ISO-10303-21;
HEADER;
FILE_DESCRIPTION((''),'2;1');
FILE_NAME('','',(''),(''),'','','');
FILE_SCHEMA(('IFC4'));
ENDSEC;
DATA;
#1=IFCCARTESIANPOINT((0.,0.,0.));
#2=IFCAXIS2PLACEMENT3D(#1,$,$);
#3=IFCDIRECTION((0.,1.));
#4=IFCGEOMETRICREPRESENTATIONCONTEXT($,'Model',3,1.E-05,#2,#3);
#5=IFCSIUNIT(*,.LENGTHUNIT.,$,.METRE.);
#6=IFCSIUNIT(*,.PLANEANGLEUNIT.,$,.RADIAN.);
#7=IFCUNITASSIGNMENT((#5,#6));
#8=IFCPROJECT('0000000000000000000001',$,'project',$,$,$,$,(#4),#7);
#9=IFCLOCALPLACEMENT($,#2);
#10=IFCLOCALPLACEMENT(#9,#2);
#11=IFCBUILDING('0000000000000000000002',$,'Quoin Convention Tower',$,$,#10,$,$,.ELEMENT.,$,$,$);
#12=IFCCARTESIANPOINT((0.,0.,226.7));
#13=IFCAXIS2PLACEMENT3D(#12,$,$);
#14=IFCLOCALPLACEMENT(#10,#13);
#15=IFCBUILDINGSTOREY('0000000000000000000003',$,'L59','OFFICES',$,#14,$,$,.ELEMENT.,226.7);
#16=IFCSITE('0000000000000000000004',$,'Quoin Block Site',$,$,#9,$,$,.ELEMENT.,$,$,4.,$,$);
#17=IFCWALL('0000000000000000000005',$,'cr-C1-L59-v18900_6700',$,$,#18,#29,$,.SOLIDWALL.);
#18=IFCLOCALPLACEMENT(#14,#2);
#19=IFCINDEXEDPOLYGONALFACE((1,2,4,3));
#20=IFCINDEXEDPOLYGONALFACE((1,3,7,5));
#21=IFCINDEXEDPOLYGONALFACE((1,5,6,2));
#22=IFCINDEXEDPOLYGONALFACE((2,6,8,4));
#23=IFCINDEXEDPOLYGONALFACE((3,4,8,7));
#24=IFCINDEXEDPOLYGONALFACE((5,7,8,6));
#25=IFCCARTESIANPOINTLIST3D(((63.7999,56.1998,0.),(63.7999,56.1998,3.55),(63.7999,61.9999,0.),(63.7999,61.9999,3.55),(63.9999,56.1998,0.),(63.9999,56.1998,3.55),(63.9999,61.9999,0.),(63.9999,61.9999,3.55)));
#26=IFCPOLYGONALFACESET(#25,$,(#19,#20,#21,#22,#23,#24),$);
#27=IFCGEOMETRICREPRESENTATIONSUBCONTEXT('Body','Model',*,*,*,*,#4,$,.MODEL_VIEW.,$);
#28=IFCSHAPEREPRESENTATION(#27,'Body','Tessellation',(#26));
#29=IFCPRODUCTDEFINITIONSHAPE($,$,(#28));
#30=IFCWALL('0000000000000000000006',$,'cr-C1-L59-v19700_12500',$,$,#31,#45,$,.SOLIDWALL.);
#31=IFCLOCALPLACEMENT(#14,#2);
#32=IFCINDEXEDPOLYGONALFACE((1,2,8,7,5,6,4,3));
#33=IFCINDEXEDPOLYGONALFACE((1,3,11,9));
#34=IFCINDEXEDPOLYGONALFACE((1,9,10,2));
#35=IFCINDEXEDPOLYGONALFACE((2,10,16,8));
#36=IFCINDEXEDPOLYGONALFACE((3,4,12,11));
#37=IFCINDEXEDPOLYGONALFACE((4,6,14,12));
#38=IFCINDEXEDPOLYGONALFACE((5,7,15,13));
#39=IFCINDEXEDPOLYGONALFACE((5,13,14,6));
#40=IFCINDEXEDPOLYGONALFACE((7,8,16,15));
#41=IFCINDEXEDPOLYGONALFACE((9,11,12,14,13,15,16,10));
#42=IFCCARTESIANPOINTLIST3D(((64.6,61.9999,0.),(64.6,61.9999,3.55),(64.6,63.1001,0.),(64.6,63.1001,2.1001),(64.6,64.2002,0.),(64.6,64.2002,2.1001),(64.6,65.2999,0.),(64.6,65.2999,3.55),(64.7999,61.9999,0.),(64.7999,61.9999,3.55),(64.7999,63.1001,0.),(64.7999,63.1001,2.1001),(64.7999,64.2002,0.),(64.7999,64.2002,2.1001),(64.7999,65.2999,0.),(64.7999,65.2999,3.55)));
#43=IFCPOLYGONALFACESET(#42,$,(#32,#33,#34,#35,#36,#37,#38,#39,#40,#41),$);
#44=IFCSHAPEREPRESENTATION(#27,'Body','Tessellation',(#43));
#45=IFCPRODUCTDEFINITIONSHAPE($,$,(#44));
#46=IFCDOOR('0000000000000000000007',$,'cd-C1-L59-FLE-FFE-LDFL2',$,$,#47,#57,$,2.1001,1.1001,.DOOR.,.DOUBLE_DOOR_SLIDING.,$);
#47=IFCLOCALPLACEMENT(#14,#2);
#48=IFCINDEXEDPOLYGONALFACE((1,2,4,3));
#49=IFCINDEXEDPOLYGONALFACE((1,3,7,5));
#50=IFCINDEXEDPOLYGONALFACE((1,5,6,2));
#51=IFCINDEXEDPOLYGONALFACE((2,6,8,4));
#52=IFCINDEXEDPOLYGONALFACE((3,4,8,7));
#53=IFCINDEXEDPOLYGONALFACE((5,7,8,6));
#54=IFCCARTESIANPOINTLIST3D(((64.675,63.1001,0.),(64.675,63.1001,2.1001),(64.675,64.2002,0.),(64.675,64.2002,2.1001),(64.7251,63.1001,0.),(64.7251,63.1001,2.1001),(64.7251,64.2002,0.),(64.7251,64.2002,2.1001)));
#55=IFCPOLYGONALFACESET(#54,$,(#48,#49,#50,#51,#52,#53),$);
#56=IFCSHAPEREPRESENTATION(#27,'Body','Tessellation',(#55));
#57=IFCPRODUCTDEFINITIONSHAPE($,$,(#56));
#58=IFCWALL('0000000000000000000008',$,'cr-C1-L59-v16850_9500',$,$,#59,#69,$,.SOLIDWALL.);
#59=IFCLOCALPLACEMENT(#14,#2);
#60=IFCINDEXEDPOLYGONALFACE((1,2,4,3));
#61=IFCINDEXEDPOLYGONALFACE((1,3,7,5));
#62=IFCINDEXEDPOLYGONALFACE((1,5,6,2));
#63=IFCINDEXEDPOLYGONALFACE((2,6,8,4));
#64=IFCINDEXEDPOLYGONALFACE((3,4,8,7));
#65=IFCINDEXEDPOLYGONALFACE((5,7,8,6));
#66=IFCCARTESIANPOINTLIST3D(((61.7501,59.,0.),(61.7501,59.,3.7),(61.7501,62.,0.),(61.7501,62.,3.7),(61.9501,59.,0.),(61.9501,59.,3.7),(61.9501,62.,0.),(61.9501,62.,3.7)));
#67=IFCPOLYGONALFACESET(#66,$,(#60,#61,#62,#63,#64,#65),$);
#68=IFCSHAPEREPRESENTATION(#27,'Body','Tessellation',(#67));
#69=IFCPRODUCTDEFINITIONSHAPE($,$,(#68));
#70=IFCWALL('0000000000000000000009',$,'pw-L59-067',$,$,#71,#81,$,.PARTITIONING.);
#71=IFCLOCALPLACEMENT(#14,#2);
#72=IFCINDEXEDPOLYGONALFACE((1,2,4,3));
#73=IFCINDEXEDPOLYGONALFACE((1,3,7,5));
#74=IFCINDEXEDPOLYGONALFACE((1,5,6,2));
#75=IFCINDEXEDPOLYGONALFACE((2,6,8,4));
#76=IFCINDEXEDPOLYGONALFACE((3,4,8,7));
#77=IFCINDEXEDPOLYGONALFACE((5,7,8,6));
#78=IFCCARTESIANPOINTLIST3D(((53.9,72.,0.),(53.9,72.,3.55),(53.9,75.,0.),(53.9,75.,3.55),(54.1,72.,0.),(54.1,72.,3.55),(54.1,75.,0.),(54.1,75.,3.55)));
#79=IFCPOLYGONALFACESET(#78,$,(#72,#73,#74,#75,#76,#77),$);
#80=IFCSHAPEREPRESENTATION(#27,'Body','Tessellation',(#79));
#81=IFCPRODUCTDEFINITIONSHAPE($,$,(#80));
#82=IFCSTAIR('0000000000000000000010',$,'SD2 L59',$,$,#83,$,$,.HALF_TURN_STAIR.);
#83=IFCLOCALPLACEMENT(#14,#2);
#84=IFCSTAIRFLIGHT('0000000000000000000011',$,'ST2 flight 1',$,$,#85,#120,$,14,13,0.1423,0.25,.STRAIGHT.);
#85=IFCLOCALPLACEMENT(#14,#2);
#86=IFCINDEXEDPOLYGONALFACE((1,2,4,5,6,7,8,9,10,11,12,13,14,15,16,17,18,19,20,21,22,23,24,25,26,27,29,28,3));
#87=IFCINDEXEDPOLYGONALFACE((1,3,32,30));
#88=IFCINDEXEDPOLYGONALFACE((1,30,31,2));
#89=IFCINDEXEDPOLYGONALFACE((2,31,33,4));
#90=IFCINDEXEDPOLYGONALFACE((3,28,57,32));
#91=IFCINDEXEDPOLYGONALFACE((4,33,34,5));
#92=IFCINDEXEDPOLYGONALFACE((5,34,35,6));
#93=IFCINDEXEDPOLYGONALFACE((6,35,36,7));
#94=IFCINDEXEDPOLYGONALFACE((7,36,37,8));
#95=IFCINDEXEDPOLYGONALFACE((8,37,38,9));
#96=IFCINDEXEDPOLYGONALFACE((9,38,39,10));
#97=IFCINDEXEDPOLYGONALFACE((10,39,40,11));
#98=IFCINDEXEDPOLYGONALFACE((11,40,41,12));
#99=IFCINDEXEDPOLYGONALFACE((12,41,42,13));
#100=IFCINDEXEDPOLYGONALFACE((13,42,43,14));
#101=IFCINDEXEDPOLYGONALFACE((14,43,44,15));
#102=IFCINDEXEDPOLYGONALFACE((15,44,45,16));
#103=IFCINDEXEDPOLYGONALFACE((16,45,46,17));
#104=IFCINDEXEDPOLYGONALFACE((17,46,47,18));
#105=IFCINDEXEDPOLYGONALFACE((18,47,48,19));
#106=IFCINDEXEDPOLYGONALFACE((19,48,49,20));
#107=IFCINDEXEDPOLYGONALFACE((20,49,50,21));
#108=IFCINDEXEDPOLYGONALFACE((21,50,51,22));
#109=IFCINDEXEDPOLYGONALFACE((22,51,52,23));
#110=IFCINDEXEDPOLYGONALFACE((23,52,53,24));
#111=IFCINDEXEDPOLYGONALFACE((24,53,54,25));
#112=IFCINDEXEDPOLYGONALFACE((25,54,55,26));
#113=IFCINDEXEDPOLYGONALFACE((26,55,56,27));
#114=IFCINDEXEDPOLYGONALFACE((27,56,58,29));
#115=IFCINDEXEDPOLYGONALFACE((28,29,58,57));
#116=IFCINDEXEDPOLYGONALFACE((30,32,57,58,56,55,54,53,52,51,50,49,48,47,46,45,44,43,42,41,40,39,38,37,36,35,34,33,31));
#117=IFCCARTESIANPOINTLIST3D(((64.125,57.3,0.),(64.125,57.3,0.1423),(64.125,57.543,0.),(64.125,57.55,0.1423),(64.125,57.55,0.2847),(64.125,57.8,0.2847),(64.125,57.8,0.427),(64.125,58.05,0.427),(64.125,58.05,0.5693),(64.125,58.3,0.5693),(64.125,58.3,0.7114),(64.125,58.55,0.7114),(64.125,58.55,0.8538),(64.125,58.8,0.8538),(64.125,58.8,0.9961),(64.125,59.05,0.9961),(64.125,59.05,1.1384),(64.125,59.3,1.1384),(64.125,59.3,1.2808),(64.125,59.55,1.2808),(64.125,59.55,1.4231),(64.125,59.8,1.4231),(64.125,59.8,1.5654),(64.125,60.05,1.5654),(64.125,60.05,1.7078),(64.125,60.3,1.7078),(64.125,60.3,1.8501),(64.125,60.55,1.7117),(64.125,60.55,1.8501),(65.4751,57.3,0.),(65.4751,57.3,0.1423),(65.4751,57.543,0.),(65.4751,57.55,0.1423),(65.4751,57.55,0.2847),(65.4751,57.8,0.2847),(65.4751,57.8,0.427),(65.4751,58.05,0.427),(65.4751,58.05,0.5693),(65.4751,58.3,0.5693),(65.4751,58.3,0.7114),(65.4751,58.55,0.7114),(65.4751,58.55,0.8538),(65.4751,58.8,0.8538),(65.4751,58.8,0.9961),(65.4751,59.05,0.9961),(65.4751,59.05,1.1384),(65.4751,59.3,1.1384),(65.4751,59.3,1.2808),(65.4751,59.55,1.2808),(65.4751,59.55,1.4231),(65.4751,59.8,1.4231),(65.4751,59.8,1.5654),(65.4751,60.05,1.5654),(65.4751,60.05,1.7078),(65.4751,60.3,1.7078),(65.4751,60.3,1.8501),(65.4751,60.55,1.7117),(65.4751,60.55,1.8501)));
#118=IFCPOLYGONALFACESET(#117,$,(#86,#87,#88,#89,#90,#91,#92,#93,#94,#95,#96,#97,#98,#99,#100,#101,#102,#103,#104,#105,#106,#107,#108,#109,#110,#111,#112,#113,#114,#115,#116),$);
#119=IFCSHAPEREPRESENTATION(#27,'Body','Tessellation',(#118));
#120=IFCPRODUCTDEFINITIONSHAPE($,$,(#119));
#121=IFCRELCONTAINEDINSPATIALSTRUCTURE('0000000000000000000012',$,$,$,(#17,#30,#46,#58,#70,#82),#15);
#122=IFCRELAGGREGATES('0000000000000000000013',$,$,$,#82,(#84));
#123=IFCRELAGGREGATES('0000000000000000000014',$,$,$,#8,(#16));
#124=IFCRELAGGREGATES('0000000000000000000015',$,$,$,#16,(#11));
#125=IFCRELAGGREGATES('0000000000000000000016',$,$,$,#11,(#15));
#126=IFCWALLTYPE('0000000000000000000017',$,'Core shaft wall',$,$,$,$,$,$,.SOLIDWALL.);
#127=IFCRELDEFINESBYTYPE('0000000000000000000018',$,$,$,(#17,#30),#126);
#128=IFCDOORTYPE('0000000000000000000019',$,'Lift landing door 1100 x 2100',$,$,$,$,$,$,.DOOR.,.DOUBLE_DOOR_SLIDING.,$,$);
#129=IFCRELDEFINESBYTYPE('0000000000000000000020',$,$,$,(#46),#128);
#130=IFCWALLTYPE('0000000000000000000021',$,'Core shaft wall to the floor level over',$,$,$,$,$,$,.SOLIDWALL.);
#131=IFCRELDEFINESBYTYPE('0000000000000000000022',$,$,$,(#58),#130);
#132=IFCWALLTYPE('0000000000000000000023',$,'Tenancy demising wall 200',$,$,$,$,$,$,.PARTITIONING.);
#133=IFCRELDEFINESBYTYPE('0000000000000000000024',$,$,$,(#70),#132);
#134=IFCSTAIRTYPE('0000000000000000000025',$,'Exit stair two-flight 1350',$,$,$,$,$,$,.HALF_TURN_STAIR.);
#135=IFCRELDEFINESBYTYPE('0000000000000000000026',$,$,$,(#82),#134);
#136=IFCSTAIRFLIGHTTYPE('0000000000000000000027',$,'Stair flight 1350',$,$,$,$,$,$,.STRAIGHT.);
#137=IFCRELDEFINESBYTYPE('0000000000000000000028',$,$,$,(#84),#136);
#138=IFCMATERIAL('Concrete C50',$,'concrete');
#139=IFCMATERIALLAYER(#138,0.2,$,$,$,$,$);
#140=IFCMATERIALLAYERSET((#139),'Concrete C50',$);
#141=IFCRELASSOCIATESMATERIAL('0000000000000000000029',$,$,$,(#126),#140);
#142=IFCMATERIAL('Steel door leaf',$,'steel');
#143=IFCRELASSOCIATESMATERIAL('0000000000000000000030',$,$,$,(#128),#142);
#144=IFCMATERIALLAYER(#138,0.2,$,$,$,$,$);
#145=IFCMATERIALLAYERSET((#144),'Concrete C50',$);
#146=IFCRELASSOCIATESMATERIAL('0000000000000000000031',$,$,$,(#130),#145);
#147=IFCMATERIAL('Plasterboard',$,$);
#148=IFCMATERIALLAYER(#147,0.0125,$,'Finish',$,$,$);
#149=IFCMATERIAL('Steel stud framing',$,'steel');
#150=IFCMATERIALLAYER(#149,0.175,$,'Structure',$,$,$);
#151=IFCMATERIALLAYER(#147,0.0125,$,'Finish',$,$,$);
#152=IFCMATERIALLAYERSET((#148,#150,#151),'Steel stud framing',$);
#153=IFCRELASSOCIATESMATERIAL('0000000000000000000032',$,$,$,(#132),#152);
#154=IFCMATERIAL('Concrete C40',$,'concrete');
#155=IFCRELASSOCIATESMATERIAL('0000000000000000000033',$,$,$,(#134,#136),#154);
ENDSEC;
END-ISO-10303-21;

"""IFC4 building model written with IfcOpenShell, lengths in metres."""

from ifc_helpers import new_model, si_unit, direction, frame, frame_2d, origin, place, context, subcontext, project, spatial, polyline, rectangle, outline, extrude, material, layer, layer_set, type_object, element, fill, aggregate, save


model = new_model("IFC4")

# Units and contexts
model_context = context("Model", 3, precision=1e-05, world=origin(), true_north=direction((0.0, 1.0)))
body_context = subcontext(model_context, "Body", "Model", "MODEL_VIEW")
ifc_project = project(units=[si_unit("LENGTHUNIT", "METRE"), si_unit("PLANEANGLEUNIT", "RADIAN")], contexts=[model_context])

# Site, building, storey
site_placement = place(None, origin())
site = spatial("IfcSite", under=ifc_project, at=site_placement, Name="Quoin Block Site", CompositionType="ELEMENT", RefElevation=4.0)
building_placement = place(site_placement, origin())
building = spatial("IfcBuilding", under=site, at=building_placement, Name="Quoin Convention Tower", CompositionType="ELEMENT")
storey_placement = place(building_placement, frame((0.0, 0.0, 226.7)))
storey = spatial("IfcBuildingStorey", under=building, at=storey_placement, Name="L59", Description="OFFICES", CompositionType="ELEMENT", Elevation=226.7)

# Wall
ifc_material_1 = material(Name="Plasterboard")
ifc_material_2 = material(Name="Steel stud framing", Category="steel")
ifc_material_3 = material(Name="Concrete C50", Category="concrete")
ifc_layer_1 = layer(ifc_material_3, 0.2)
ifc_layer_set_1 = layer_set([ifc_layer_1], Name="Concrete C50")
wall_type_1 = type_object("IfcWallType", Name="Core shaft wall", PredefinedType="SOLIDWALL", material=ifc_layer_set_1)
wall_1_placement = place(storey_placement, frame((63.8999, 56.2, 0.0), z_axis=(0.0, 0.0, 1.0), x_axis=(0.0, 1.0, 0.0)))
element("IfcWall", 1, at=wall_1_placement, inside=storey, type_object=wall_type_1, Name="cr-C1-L59-v18900_6700", PredefinedType="SOLIDWALL", context=body_context, shape_type="SweptSolid", body=[
    extrude(rectangle(XDim=5.8, YDim=0.2, at=frame_2d((2.8999, 0.0))), origin(), (0.0, 0.0, 1.0), 3.55),
])

# Wall, opening, door
wall_2_placement = place(storey_placement, frame((64.7, 62.0, 0.0), z_axis=(0.0, 0.0, 1.0), x_axis=(0.0, 1.0, 0.0)))
wall_2 = element("IfcWall", 2, at=wall_2_placement, inside=storey, type_object=wall_type_1, Name="cr-C1-L59-v19700_12500", PredefinedType="SOLIDWALL", context=body_context, shape_type="SweptSolid", body=[
    extrude(rectangle(XDim=3.3, YDim=0.2, at=frame_2d((1.6499, 0.0))), origin(), (0.0, 0.0, 1.0), 3.55),
])
opening_placement = place(wall_2_placement, frame((1.1001, 0.0, 0.0)))
opening = element("IfcOpeningElement", 3, at=opening_placement, cuts=wall_2, PredefinedType="OPENING", context=body_context, shape_type="SweptSolid", body=[
    extrude(rectangle(XDim=1.1001, YDim=2.1001, at=frame_2d((0.55, 1.05))), frame((0.0, 0.1099, 0.0), z_axis=(0.0, -1.0, 0.0), x_axis=(1.0, 0.0, 0.0)), (0.0, 0.0, 1.0), 0.22),
])
ifc_material_4 = material(Name="Steel door leaf", Category="steel")
door_type = type_object("IfcDoorType", Name="Lift landing door 1100 x 2100", OperationType="DOUBLE_DOOR_SLIDING", PredefinedType="DOOR", material=ifc_material_4)
door_placement = place(opening_placement, origin())
door = element("IfcDoor", 4, at=door_placement, inside=storey, type_object=door_type, Name="cd-C1-L59-FLE-FFE-LDFL2", OperationType="DOUBLE_DOOR_SLIDING", OverallHeight=2.1001, OverallWidth=1.1001, PredefinedType="DOOR", context=body_context, shape_type="SweptSolid", body=[
    extrude(rectangle(XDim=1.1001, YDim=2.1001, at=frame_2d((0.55, 1.05))), frame((0.0, 0.0249, 0.0), z_axis=(0.0, -1.0, 0.0), x_axis=(1.0, 0.0, 0.0)), (0.0, 0.0, 1.0), 0.05),
])
fill(opening, door)

# Walls
ifc_layer_2 = layer(ifc_material_3, 0.2)
ifc_layer_set_2 = layer_set([ifc_layer_2], Name="Concrete C50")
wall_type_2 = type_object("IfcWallType", Name="Core shaft wall to the floor level over", PredefinedType="SOLIDWALL", material=ifc_layer_set_2)
wall_3_placement = place(storey_placement, frame((61.8501, 59.0, 0.0), z_axis=(0.0, 0.0, 1.0), x_axis=(0.0, 1.0, 0.0)))
element("IfcWall", 5, at=wall_3_placement, inside=storey, type_object=wall_type_2, Name="cr-C1-L59-v16850_9500", PredefinedType="SOLIDWALL", context=body_context, shape_type="SweptSolid", body=[
    extrude(rectangle(XDim=3.0, YDim=0.2, at=frame_2d((1.5, 0.0))), origin(), (0.0, 0.0, 1.0), 3.7),
])
ifc_layer_3 = layer(ifc_material_1, 0.0125, Name="Finish")
ifc_layer_4 = layer(ifc_material_2, 0.175, Name="Structure")
ifc_layer_5 = layer(ifc_material_1, 0.0125, Name="Finish")
ifc_layer_set_3 = layer_set([ifc_layer_3, ifc_layer_4, ifc_layer_5], Name="Steel stud framing")
wall_type_3 = type_object("IfcWallType", Name="Tenancy demising wall 200", PredefinedType="PARTITIONING", material=ifc_layer_set_3)
wall_4_placement = place(storey_placement, frame((54.0, 72.0, 0.0), z_axis=(0.0, 0.0, 1.0), x_axis=(0.0, 1.0, 0.0)))
element("IfcWall", 6, at=wall_4_placement, inside=storey, type_object=wall_type_3, Name="pw-L59-067", PredefinedType="PARTITIONING", context=body_context, shape_type="SweptSolid", body=[
    extrude(rectangle(XDim=3.0, YDim=0.2, at=frame_2d((1.5, 0.0))), origin(), (0.0, 0.0, 1.0), 3.55),
])

# Stair, stair flight
ifc_material_5 = material(Name="Concrete C40", Category="concrete")
stair_type = type_object("IfcStairType", Name="Exit stair two-flight 1350", PredefinedType="HALF_TURN_STAIR", material=ifc_material_5)
stair_placement = place(storey_placement, origin())
stair = element("IfcStair", 7, at=stair_placement, inside=storey, type_object=stair_type, Name="SD2 L59", PredefinedType="HALF_TURN_STAIR")
stair_flight_type = type_object("IfcStairFlightType", Name="Stair flight 1350", PredefinedType="STRAIGHT", material=ifc_material_5)
stair_flight_placement = place(storey_placement, frame((64.8, 57.3, 0.0), z_axis=(0.0, 0.0, 1.0), x_axis=(0.0, 1.0, 0.0)))
stair_flight = element("IfcStairFlight", 8, at=stair_flight_placement, type_object=stair_flight_type, Name="ST2 flight 1", NumberOfRisers=14, NumberOfTreads=13, PredefinedType="STRAIGHT", RiserHeight=0.1423, TreadLength=0.25, context=body_context, shape_type="SweptSolid", body=[
    extrude(outline(polyline([(0.0, 0.0), (0.0, 0.1423), (0.25, 0.1423), (0.25, 0.2847), (0.5, 0.2847), (0.5, 0.427), (0.75, 0.427), (0.75, 0.5693), (1.0, 0.5693), (1.0, 0.7114), (1.25, 0.7114), (1.25, 0.8538), (1.5, 0.8538), (1.5, 0.9961), (1.75, 0.9961), (1.75, 1.1384), (2.0, 1.1384), (2.0, 1.2808), (2.25, 1.2808), (2.25, 1.4231), (2.5, 1.4231), (2.5, 1.5654), (2.75, 1.5654), (2.75, 1.7078), (3.0, 1.7078), (3.0, 1.8501), (3.25, 1.8501), (3.25, 1.9922), (3.25, 1.7117), (0.2429, 0.0), (0.0, 0.0)])), frame((0.0, 0.675, 0.0), z_axis=(0.0, -1.0, 0.0), x_axis=(1.0, 0.0, 0.0)), (0.0, 0.0, 1.0), 1.3501),
])
aggregate(stair, [stair_flight])

save(model, "model.ifc")
